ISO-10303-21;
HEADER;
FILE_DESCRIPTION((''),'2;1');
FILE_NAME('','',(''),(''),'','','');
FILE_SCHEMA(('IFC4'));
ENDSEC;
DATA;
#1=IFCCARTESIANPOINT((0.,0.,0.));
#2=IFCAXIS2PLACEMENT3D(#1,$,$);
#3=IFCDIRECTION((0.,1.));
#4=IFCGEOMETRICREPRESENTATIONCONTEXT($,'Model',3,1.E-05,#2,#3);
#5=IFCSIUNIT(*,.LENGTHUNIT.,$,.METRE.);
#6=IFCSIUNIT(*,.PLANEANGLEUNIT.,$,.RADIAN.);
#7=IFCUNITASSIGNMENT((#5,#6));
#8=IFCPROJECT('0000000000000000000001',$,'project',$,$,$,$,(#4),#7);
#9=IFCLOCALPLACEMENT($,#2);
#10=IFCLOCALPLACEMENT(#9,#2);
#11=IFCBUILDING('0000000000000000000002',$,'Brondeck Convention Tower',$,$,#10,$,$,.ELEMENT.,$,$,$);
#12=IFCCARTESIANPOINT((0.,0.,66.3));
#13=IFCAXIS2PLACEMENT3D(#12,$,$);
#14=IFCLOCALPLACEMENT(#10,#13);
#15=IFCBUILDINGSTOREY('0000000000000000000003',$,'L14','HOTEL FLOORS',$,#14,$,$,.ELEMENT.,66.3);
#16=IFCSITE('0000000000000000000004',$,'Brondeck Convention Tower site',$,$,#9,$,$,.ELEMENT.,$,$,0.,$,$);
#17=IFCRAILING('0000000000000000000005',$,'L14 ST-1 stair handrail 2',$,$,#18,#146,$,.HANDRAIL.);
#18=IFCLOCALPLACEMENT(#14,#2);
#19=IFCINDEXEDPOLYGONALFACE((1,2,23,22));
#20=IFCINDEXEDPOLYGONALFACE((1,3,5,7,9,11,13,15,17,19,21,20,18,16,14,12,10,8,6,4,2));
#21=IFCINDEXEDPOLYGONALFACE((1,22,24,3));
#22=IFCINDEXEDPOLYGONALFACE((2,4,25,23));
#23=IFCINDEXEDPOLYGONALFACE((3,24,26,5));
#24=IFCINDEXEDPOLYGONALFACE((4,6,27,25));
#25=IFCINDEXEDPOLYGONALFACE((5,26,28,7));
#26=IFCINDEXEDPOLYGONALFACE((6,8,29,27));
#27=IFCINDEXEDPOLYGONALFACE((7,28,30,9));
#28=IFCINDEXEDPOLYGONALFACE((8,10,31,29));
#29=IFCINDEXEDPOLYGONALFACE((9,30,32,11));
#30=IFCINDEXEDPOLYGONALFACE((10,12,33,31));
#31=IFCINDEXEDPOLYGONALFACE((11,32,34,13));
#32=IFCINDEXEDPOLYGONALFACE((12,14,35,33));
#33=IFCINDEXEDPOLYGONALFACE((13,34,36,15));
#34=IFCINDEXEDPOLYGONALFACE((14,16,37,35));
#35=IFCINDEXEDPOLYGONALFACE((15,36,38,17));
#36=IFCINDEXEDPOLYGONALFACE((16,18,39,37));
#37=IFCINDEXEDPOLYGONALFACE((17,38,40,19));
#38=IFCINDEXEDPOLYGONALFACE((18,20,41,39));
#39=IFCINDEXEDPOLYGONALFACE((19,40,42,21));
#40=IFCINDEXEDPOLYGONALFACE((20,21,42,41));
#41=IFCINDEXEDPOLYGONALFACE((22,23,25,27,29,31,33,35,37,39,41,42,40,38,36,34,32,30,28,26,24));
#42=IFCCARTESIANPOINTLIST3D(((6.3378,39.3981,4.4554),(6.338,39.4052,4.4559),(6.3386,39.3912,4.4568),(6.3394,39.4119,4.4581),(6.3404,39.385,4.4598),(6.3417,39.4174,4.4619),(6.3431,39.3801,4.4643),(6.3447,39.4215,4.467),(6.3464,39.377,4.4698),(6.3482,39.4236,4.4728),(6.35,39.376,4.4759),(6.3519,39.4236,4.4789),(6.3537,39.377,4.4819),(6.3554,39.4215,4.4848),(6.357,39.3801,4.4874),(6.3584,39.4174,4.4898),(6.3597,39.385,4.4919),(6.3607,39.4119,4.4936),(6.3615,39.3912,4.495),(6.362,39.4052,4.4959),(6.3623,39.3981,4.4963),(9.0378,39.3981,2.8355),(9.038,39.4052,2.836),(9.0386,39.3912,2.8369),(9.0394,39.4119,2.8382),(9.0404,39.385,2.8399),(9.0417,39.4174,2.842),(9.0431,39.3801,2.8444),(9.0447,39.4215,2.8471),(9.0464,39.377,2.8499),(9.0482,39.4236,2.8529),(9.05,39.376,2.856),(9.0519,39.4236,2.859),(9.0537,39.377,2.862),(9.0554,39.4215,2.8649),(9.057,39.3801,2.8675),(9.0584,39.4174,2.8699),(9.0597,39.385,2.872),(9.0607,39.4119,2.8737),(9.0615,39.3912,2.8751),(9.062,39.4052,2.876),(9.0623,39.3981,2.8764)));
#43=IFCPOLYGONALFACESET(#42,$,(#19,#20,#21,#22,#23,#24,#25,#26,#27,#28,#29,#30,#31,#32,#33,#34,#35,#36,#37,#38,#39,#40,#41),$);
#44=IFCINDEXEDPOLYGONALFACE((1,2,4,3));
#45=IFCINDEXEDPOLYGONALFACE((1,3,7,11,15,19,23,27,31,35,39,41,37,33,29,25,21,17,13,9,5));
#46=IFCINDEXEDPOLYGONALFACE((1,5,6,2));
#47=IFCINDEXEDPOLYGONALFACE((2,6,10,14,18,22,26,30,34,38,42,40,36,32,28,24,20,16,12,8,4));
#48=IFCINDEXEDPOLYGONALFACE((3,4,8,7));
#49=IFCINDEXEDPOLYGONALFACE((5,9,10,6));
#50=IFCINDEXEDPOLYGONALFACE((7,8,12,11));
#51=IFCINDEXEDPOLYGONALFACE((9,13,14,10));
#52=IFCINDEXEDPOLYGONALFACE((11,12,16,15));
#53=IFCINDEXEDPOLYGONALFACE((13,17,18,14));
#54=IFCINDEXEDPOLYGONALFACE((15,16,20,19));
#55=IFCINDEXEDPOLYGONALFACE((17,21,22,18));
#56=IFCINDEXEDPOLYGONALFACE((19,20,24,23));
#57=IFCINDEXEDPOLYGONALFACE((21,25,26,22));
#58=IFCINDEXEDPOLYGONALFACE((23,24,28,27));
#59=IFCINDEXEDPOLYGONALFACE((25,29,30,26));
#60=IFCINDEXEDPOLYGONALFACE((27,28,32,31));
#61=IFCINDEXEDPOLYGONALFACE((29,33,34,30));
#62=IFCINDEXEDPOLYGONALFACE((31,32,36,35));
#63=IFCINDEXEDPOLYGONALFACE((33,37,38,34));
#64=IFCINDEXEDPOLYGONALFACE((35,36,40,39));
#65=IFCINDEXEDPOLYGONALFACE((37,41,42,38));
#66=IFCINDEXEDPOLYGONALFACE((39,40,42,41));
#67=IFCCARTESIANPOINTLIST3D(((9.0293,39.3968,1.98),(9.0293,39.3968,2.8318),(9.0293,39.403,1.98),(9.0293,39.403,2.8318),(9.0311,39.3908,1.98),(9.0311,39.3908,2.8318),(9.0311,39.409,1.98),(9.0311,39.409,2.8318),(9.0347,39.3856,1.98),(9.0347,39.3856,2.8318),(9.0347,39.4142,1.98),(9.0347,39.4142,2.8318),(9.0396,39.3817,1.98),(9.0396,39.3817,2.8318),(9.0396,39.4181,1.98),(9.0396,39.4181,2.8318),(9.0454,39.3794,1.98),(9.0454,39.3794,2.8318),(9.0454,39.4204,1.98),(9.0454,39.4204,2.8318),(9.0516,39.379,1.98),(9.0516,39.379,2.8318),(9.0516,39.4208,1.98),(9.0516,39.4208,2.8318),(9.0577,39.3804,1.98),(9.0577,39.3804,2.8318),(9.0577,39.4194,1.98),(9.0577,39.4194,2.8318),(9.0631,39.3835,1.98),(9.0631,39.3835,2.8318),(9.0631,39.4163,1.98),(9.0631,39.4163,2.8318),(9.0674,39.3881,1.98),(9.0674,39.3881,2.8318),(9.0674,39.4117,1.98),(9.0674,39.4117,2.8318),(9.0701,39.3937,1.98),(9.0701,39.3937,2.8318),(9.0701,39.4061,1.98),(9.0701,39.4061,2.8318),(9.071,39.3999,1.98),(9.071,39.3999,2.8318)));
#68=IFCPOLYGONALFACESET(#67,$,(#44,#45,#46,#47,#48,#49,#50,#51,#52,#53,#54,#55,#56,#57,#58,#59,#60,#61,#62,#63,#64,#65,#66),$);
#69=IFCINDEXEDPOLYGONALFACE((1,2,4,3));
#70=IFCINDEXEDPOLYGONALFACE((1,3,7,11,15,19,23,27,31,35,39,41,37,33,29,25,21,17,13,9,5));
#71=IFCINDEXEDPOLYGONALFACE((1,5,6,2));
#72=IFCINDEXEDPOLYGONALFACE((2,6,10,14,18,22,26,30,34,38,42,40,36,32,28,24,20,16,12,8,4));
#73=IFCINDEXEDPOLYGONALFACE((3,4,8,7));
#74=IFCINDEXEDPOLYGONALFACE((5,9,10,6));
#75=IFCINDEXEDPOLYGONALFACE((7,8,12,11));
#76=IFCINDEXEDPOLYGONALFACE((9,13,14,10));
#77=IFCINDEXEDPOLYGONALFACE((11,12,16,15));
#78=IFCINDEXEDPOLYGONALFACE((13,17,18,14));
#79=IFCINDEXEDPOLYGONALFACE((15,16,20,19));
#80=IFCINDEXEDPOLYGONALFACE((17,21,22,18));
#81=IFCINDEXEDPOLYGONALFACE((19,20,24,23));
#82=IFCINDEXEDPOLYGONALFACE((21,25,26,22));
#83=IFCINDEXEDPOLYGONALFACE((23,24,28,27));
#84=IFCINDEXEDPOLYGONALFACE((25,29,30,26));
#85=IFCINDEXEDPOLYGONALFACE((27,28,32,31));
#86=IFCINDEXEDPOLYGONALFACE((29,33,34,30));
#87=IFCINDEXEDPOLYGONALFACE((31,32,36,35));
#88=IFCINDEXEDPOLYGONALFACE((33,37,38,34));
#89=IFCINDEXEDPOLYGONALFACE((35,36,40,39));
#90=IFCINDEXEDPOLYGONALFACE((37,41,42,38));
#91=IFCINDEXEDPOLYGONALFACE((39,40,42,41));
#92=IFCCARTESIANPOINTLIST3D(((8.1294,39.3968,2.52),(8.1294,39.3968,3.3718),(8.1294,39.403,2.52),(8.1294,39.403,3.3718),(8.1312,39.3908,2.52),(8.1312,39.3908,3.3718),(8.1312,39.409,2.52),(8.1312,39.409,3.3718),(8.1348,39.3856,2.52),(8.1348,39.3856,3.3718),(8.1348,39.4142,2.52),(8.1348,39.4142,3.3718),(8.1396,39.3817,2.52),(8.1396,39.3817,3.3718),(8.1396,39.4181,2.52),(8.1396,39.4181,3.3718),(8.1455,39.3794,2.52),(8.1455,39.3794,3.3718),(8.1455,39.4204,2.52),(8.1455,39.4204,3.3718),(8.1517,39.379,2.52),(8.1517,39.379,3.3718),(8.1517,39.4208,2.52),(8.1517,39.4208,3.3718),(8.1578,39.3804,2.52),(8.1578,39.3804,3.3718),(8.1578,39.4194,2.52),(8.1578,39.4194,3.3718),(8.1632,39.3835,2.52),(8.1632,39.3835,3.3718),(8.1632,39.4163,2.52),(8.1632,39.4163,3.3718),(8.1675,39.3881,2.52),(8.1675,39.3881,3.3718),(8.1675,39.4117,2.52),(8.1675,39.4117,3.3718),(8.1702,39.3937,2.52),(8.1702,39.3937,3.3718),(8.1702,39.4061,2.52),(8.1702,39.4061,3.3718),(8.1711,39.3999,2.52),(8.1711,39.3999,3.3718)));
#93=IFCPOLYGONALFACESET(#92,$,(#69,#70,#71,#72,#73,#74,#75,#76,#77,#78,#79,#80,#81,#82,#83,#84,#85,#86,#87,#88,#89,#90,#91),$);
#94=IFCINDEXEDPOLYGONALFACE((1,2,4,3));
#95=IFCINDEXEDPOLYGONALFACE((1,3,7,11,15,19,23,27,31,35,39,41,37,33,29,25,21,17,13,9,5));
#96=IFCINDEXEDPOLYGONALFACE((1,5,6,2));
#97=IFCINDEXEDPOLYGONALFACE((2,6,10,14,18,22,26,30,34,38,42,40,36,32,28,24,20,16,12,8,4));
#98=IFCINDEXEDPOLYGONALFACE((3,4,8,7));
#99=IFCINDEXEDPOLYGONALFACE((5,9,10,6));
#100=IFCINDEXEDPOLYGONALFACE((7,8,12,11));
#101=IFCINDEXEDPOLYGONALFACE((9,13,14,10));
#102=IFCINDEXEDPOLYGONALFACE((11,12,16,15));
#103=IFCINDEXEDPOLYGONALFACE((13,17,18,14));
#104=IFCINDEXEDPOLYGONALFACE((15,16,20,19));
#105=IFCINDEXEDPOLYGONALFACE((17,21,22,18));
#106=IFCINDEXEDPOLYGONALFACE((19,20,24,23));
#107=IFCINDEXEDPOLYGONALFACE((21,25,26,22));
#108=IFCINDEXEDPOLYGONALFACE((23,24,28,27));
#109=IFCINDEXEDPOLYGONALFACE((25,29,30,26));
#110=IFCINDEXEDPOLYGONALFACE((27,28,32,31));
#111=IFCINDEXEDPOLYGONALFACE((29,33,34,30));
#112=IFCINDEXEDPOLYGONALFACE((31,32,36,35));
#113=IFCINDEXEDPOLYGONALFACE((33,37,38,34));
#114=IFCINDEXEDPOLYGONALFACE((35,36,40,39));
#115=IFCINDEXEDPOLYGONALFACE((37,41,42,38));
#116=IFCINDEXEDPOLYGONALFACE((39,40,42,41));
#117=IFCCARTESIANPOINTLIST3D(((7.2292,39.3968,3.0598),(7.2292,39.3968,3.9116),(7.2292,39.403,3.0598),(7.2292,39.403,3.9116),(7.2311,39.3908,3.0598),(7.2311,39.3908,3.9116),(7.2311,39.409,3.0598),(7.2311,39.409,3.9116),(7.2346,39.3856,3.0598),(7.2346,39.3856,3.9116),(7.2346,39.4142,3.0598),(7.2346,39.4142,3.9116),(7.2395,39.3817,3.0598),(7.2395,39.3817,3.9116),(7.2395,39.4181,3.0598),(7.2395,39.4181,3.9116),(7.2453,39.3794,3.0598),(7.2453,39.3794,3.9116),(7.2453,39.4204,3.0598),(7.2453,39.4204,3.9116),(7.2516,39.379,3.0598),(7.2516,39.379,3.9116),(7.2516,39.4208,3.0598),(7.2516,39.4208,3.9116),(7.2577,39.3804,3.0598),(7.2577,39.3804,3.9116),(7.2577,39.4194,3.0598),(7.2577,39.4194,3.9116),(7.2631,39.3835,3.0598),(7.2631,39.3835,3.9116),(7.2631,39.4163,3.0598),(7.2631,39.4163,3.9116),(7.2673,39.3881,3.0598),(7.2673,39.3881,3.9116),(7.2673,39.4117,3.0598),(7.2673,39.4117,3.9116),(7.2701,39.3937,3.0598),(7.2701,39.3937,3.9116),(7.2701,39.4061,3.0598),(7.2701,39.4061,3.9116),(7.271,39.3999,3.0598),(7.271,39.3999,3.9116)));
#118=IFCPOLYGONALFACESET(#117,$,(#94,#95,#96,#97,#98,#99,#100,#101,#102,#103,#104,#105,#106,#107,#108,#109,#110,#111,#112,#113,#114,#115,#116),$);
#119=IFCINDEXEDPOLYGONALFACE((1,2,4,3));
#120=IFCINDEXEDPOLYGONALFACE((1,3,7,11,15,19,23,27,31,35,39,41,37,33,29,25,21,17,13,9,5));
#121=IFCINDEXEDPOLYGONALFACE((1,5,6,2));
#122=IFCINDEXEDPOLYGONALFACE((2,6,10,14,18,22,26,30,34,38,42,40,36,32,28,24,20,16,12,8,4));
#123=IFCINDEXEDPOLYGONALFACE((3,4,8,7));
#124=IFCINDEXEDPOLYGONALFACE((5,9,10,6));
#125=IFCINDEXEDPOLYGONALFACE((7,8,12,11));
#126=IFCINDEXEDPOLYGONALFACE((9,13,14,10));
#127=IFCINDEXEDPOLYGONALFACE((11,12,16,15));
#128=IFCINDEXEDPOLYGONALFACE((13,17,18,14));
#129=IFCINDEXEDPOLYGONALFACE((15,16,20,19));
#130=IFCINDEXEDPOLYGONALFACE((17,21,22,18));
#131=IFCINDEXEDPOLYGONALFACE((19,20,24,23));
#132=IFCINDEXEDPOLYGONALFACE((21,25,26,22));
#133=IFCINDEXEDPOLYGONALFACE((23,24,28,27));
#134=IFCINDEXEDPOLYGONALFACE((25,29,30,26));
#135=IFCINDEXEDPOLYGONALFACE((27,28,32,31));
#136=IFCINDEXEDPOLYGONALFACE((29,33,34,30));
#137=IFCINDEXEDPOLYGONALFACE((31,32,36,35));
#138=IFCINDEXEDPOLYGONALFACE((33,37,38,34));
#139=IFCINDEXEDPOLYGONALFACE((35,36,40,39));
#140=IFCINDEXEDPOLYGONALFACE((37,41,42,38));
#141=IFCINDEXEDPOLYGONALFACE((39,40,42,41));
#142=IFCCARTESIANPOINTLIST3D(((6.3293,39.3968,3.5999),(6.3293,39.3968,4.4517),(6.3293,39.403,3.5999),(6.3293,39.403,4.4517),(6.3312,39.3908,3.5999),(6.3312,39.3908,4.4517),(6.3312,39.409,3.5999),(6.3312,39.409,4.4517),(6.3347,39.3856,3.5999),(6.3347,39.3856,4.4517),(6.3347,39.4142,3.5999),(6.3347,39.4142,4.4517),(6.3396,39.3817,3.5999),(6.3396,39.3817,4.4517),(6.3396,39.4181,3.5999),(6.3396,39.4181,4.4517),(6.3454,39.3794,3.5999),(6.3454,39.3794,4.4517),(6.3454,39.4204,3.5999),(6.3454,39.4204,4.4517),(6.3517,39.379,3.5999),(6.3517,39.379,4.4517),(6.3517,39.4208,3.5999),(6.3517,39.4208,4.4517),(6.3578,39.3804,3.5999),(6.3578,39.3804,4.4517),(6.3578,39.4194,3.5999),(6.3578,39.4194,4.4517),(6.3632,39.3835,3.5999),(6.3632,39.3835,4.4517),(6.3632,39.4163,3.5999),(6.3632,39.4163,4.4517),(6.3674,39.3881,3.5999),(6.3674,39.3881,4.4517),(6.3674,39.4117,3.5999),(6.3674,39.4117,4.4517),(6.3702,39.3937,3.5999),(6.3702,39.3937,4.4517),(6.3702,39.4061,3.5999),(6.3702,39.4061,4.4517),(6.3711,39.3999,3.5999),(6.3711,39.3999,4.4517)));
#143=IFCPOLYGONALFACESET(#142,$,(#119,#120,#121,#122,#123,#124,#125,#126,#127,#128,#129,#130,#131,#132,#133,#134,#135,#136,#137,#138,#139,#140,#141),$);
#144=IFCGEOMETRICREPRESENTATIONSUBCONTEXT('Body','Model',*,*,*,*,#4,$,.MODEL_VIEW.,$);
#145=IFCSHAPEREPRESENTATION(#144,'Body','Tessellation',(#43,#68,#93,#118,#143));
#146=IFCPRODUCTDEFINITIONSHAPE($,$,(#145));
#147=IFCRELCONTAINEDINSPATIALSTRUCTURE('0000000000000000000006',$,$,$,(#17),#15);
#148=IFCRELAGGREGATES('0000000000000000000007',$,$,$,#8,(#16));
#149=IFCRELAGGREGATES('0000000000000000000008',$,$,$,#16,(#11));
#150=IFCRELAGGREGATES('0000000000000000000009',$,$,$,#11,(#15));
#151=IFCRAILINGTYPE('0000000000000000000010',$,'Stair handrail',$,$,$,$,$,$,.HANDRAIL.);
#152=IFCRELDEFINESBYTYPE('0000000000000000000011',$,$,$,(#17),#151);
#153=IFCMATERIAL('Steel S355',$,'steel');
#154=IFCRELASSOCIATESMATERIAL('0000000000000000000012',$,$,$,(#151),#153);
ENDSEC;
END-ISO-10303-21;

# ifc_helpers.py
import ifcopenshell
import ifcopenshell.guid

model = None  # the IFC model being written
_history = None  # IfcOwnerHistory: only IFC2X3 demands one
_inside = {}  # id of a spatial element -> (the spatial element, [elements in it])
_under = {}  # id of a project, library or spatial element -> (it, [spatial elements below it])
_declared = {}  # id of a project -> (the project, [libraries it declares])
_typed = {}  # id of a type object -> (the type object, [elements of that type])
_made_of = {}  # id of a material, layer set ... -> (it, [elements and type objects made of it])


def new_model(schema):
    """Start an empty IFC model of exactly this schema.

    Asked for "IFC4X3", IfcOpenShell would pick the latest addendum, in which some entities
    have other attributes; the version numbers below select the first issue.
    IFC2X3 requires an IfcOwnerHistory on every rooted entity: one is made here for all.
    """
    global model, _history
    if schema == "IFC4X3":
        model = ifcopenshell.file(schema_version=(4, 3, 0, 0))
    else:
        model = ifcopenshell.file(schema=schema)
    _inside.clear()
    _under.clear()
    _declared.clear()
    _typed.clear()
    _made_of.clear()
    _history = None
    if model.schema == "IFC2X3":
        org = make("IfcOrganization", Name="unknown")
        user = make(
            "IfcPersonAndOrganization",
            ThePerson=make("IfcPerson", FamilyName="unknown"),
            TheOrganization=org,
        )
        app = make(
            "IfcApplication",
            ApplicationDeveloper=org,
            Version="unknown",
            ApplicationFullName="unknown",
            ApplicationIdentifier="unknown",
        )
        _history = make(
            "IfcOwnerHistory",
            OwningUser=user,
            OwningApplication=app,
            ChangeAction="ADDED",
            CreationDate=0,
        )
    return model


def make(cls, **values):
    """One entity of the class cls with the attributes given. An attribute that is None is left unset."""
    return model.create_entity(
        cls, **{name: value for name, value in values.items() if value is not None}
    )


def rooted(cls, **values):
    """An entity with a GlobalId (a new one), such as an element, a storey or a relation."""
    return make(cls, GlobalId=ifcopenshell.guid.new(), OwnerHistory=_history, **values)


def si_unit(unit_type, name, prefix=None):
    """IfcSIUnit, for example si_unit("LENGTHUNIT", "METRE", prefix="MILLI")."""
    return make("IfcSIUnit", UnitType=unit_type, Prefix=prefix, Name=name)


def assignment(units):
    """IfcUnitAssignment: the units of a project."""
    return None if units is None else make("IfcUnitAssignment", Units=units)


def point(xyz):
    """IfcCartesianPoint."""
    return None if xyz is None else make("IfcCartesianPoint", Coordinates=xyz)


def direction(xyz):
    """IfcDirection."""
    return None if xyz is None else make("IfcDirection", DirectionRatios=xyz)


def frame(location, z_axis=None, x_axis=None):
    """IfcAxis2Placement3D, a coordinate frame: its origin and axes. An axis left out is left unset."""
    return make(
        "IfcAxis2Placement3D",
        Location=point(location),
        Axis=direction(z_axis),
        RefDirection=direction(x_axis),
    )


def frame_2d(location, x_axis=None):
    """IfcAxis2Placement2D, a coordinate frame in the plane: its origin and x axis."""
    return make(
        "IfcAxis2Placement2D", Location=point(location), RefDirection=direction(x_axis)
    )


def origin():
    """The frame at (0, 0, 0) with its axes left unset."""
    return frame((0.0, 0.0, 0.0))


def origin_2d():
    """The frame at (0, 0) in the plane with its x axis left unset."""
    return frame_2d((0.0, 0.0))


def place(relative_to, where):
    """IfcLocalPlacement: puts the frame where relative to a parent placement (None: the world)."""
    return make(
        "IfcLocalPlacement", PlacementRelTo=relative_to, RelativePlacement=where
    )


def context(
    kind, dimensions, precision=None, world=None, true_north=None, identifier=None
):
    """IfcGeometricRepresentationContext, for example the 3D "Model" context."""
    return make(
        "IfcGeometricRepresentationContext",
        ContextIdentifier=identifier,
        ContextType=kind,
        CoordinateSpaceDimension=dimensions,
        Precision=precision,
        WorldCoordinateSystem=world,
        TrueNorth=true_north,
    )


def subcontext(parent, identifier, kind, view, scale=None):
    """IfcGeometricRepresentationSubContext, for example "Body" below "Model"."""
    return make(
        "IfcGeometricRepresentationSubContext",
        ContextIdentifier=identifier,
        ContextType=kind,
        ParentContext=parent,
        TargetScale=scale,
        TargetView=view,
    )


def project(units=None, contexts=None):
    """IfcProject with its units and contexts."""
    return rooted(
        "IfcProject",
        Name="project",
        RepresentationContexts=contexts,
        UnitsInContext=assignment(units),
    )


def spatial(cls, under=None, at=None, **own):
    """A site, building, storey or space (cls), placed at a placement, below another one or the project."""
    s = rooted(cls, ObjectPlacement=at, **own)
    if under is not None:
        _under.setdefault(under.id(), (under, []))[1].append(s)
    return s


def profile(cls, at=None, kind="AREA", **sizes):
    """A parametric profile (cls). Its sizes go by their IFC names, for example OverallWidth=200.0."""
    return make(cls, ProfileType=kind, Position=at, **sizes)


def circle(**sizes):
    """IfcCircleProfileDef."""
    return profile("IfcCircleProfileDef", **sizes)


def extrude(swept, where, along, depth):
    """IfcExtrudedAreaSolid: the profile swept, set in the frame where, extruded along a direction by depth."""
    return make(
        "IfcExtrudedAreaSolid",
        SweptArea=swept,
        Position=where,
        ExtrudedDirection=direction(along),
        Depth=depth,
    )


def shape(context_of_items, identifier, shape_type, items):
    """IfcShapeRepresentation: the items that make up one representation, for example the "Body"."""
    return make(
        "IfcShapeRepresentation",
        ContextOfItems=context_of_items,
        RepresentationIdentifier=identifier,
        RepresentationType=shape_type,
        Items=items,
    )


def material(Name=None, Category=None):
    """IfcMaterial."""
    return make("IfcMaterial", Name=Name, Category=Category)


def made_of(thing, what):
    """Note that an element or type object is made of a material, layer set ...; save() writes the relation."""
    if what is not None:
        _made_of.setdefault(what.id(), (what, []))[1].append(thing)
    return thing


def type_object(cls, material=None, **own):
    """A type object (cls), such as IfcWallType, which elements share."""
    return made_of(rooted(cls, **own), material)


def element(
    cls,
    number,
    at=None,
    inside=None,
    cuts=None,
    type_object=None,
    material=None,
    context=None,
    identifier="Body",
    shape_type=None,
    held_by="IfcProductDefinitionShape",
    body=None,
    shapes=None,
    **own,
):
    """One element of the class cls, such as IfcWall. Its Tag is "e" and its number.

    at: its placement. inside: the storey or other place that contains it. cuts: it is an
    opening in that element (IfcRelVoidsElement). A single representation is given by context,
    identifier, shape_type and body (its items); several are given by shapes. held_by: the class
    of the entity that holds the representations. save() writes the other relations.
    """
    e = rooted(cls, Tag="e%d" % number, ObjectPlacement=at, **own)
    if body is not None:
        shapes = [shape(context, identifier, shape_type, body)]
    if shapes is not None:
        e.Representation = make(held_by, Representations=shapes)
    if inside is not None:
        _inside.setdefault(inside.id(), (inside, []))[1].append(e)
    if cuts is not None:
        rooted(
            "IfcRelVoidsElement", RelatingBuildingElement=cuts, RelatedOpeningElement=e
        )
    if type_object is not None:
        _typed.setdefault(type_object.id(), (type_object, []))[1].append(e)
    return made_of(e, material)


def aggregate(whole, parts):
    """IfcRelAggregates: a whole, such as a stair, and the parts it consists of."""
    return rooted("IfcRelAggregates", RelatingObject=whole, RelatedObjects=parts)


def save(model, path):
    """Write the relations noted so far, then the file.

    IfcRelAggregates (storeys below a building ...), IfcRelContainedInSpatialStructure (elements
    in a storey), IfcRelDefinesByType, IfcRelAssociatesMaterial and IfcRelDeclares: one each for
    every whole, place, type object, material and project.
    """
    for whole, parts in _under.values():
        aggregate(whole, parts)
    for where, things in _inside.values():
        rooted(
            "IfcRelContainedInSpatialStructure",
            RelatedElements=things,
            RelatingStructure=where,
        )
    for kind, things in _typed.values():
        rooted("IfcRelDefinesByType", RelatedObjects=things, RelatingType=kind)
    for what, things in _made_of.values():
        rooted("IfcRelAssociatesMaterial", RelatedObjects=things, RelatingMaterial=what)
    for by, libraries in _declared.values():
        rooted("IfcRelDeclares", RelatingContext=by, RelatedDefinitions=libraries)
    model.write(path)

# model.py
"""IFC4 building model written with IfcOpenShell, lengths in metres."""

from ifc_helpers import new_model, si_unit, direction, frame, origin, origin_2d, place, context, subcontext, project, spatial, circle, extrude, material, type_object, element, save


model = new_model("IFC4")

# Units and contexts
model_context = context("Model", 3, precision=1e-05, world=origin(), true_north=direction((0.0, 1.0)))
body_context = subcontext(model_context, "Body", "Model", "MODEL_VIEW")
ifc_project = project(units=[si_unit("LENGTHUNIT", "METRE"), si_unit("PLANEANGLEUNIT", "RADIAN")], contexts=[model_context])

# Site, building, storey
site_placement = place(None, origin())
site = spatial("IfcSite", under=ifc_project, at=site_placement, Name="Brondeck Convention Tower site", CompositionType="ELEMENT", RefElevation=0.0)
building_placement = place(site_placement, origin())
building = spatial("IfcBuilding", under=site, at=building_placement, Name="Brondeck Convention Tower", CompositionType="ELEMENT")
storey_placement = place(building_placement, frame((0.0, 0.0, 66.3)))
storey = spatial("IfcBuildingStorey", under=building, at=storey_placement, Name="L14", Description="HOTEL FLOORS", CompositionType="ELEMENT", Elevation=66.3)

# Shared definitions
ifc_material_1 = material(Name="Steel S355", Category="steel")

# Railing
railing_type = type_object("IfcRailingType", Name="Stair handrail", PredefinedType="HANDRAIL", material=ifc_material_1)
railing_placement = place(storey_placement, frame((9.05, 39.3999, 1.98)))
element("IfcRailing", 1, at=railing_placement, inside=storey, type_object=railing_type, Name="L14 ST-1 stair handrail 2", PredefinedType="HANDRAIL", context=body_context, shape_type="SweptSolid", body=[
    extrude(circle(Radius=0.0239, at=origin_2d()), frame((0.0, 0.0, 0.876), z_axis=(-0.857507, 0.0, 0.514473), x_axis=(0.0, -1.0, 0.0)), (0.0, 0.0, 1.0), 3.1487),
    extrude(circle(Radius=0.021, at=origin_2d()), origin(), (0.0, 0.0, 1.0), 0.8518),
    extrude(circle(Radius=0.021, at=origin_2d()), frame((-0.8999, 0.0, 0.54)), (0.0, 0.0, 1.0), 0.8518),
    extrude(circle(Radius=0.021, at=origin_2d()), frame((-1.8, 0.0, 1.0798)), (0.0, 0.0, 1.0), 0.8518),
    extrude(circle(Radius=0.021, at=origin_2d()), frame((-2.7, 0.0, 1.6199)), (0.0, 0.0, 1.0), 0.8518),
])

save(model, "model.ifc")
